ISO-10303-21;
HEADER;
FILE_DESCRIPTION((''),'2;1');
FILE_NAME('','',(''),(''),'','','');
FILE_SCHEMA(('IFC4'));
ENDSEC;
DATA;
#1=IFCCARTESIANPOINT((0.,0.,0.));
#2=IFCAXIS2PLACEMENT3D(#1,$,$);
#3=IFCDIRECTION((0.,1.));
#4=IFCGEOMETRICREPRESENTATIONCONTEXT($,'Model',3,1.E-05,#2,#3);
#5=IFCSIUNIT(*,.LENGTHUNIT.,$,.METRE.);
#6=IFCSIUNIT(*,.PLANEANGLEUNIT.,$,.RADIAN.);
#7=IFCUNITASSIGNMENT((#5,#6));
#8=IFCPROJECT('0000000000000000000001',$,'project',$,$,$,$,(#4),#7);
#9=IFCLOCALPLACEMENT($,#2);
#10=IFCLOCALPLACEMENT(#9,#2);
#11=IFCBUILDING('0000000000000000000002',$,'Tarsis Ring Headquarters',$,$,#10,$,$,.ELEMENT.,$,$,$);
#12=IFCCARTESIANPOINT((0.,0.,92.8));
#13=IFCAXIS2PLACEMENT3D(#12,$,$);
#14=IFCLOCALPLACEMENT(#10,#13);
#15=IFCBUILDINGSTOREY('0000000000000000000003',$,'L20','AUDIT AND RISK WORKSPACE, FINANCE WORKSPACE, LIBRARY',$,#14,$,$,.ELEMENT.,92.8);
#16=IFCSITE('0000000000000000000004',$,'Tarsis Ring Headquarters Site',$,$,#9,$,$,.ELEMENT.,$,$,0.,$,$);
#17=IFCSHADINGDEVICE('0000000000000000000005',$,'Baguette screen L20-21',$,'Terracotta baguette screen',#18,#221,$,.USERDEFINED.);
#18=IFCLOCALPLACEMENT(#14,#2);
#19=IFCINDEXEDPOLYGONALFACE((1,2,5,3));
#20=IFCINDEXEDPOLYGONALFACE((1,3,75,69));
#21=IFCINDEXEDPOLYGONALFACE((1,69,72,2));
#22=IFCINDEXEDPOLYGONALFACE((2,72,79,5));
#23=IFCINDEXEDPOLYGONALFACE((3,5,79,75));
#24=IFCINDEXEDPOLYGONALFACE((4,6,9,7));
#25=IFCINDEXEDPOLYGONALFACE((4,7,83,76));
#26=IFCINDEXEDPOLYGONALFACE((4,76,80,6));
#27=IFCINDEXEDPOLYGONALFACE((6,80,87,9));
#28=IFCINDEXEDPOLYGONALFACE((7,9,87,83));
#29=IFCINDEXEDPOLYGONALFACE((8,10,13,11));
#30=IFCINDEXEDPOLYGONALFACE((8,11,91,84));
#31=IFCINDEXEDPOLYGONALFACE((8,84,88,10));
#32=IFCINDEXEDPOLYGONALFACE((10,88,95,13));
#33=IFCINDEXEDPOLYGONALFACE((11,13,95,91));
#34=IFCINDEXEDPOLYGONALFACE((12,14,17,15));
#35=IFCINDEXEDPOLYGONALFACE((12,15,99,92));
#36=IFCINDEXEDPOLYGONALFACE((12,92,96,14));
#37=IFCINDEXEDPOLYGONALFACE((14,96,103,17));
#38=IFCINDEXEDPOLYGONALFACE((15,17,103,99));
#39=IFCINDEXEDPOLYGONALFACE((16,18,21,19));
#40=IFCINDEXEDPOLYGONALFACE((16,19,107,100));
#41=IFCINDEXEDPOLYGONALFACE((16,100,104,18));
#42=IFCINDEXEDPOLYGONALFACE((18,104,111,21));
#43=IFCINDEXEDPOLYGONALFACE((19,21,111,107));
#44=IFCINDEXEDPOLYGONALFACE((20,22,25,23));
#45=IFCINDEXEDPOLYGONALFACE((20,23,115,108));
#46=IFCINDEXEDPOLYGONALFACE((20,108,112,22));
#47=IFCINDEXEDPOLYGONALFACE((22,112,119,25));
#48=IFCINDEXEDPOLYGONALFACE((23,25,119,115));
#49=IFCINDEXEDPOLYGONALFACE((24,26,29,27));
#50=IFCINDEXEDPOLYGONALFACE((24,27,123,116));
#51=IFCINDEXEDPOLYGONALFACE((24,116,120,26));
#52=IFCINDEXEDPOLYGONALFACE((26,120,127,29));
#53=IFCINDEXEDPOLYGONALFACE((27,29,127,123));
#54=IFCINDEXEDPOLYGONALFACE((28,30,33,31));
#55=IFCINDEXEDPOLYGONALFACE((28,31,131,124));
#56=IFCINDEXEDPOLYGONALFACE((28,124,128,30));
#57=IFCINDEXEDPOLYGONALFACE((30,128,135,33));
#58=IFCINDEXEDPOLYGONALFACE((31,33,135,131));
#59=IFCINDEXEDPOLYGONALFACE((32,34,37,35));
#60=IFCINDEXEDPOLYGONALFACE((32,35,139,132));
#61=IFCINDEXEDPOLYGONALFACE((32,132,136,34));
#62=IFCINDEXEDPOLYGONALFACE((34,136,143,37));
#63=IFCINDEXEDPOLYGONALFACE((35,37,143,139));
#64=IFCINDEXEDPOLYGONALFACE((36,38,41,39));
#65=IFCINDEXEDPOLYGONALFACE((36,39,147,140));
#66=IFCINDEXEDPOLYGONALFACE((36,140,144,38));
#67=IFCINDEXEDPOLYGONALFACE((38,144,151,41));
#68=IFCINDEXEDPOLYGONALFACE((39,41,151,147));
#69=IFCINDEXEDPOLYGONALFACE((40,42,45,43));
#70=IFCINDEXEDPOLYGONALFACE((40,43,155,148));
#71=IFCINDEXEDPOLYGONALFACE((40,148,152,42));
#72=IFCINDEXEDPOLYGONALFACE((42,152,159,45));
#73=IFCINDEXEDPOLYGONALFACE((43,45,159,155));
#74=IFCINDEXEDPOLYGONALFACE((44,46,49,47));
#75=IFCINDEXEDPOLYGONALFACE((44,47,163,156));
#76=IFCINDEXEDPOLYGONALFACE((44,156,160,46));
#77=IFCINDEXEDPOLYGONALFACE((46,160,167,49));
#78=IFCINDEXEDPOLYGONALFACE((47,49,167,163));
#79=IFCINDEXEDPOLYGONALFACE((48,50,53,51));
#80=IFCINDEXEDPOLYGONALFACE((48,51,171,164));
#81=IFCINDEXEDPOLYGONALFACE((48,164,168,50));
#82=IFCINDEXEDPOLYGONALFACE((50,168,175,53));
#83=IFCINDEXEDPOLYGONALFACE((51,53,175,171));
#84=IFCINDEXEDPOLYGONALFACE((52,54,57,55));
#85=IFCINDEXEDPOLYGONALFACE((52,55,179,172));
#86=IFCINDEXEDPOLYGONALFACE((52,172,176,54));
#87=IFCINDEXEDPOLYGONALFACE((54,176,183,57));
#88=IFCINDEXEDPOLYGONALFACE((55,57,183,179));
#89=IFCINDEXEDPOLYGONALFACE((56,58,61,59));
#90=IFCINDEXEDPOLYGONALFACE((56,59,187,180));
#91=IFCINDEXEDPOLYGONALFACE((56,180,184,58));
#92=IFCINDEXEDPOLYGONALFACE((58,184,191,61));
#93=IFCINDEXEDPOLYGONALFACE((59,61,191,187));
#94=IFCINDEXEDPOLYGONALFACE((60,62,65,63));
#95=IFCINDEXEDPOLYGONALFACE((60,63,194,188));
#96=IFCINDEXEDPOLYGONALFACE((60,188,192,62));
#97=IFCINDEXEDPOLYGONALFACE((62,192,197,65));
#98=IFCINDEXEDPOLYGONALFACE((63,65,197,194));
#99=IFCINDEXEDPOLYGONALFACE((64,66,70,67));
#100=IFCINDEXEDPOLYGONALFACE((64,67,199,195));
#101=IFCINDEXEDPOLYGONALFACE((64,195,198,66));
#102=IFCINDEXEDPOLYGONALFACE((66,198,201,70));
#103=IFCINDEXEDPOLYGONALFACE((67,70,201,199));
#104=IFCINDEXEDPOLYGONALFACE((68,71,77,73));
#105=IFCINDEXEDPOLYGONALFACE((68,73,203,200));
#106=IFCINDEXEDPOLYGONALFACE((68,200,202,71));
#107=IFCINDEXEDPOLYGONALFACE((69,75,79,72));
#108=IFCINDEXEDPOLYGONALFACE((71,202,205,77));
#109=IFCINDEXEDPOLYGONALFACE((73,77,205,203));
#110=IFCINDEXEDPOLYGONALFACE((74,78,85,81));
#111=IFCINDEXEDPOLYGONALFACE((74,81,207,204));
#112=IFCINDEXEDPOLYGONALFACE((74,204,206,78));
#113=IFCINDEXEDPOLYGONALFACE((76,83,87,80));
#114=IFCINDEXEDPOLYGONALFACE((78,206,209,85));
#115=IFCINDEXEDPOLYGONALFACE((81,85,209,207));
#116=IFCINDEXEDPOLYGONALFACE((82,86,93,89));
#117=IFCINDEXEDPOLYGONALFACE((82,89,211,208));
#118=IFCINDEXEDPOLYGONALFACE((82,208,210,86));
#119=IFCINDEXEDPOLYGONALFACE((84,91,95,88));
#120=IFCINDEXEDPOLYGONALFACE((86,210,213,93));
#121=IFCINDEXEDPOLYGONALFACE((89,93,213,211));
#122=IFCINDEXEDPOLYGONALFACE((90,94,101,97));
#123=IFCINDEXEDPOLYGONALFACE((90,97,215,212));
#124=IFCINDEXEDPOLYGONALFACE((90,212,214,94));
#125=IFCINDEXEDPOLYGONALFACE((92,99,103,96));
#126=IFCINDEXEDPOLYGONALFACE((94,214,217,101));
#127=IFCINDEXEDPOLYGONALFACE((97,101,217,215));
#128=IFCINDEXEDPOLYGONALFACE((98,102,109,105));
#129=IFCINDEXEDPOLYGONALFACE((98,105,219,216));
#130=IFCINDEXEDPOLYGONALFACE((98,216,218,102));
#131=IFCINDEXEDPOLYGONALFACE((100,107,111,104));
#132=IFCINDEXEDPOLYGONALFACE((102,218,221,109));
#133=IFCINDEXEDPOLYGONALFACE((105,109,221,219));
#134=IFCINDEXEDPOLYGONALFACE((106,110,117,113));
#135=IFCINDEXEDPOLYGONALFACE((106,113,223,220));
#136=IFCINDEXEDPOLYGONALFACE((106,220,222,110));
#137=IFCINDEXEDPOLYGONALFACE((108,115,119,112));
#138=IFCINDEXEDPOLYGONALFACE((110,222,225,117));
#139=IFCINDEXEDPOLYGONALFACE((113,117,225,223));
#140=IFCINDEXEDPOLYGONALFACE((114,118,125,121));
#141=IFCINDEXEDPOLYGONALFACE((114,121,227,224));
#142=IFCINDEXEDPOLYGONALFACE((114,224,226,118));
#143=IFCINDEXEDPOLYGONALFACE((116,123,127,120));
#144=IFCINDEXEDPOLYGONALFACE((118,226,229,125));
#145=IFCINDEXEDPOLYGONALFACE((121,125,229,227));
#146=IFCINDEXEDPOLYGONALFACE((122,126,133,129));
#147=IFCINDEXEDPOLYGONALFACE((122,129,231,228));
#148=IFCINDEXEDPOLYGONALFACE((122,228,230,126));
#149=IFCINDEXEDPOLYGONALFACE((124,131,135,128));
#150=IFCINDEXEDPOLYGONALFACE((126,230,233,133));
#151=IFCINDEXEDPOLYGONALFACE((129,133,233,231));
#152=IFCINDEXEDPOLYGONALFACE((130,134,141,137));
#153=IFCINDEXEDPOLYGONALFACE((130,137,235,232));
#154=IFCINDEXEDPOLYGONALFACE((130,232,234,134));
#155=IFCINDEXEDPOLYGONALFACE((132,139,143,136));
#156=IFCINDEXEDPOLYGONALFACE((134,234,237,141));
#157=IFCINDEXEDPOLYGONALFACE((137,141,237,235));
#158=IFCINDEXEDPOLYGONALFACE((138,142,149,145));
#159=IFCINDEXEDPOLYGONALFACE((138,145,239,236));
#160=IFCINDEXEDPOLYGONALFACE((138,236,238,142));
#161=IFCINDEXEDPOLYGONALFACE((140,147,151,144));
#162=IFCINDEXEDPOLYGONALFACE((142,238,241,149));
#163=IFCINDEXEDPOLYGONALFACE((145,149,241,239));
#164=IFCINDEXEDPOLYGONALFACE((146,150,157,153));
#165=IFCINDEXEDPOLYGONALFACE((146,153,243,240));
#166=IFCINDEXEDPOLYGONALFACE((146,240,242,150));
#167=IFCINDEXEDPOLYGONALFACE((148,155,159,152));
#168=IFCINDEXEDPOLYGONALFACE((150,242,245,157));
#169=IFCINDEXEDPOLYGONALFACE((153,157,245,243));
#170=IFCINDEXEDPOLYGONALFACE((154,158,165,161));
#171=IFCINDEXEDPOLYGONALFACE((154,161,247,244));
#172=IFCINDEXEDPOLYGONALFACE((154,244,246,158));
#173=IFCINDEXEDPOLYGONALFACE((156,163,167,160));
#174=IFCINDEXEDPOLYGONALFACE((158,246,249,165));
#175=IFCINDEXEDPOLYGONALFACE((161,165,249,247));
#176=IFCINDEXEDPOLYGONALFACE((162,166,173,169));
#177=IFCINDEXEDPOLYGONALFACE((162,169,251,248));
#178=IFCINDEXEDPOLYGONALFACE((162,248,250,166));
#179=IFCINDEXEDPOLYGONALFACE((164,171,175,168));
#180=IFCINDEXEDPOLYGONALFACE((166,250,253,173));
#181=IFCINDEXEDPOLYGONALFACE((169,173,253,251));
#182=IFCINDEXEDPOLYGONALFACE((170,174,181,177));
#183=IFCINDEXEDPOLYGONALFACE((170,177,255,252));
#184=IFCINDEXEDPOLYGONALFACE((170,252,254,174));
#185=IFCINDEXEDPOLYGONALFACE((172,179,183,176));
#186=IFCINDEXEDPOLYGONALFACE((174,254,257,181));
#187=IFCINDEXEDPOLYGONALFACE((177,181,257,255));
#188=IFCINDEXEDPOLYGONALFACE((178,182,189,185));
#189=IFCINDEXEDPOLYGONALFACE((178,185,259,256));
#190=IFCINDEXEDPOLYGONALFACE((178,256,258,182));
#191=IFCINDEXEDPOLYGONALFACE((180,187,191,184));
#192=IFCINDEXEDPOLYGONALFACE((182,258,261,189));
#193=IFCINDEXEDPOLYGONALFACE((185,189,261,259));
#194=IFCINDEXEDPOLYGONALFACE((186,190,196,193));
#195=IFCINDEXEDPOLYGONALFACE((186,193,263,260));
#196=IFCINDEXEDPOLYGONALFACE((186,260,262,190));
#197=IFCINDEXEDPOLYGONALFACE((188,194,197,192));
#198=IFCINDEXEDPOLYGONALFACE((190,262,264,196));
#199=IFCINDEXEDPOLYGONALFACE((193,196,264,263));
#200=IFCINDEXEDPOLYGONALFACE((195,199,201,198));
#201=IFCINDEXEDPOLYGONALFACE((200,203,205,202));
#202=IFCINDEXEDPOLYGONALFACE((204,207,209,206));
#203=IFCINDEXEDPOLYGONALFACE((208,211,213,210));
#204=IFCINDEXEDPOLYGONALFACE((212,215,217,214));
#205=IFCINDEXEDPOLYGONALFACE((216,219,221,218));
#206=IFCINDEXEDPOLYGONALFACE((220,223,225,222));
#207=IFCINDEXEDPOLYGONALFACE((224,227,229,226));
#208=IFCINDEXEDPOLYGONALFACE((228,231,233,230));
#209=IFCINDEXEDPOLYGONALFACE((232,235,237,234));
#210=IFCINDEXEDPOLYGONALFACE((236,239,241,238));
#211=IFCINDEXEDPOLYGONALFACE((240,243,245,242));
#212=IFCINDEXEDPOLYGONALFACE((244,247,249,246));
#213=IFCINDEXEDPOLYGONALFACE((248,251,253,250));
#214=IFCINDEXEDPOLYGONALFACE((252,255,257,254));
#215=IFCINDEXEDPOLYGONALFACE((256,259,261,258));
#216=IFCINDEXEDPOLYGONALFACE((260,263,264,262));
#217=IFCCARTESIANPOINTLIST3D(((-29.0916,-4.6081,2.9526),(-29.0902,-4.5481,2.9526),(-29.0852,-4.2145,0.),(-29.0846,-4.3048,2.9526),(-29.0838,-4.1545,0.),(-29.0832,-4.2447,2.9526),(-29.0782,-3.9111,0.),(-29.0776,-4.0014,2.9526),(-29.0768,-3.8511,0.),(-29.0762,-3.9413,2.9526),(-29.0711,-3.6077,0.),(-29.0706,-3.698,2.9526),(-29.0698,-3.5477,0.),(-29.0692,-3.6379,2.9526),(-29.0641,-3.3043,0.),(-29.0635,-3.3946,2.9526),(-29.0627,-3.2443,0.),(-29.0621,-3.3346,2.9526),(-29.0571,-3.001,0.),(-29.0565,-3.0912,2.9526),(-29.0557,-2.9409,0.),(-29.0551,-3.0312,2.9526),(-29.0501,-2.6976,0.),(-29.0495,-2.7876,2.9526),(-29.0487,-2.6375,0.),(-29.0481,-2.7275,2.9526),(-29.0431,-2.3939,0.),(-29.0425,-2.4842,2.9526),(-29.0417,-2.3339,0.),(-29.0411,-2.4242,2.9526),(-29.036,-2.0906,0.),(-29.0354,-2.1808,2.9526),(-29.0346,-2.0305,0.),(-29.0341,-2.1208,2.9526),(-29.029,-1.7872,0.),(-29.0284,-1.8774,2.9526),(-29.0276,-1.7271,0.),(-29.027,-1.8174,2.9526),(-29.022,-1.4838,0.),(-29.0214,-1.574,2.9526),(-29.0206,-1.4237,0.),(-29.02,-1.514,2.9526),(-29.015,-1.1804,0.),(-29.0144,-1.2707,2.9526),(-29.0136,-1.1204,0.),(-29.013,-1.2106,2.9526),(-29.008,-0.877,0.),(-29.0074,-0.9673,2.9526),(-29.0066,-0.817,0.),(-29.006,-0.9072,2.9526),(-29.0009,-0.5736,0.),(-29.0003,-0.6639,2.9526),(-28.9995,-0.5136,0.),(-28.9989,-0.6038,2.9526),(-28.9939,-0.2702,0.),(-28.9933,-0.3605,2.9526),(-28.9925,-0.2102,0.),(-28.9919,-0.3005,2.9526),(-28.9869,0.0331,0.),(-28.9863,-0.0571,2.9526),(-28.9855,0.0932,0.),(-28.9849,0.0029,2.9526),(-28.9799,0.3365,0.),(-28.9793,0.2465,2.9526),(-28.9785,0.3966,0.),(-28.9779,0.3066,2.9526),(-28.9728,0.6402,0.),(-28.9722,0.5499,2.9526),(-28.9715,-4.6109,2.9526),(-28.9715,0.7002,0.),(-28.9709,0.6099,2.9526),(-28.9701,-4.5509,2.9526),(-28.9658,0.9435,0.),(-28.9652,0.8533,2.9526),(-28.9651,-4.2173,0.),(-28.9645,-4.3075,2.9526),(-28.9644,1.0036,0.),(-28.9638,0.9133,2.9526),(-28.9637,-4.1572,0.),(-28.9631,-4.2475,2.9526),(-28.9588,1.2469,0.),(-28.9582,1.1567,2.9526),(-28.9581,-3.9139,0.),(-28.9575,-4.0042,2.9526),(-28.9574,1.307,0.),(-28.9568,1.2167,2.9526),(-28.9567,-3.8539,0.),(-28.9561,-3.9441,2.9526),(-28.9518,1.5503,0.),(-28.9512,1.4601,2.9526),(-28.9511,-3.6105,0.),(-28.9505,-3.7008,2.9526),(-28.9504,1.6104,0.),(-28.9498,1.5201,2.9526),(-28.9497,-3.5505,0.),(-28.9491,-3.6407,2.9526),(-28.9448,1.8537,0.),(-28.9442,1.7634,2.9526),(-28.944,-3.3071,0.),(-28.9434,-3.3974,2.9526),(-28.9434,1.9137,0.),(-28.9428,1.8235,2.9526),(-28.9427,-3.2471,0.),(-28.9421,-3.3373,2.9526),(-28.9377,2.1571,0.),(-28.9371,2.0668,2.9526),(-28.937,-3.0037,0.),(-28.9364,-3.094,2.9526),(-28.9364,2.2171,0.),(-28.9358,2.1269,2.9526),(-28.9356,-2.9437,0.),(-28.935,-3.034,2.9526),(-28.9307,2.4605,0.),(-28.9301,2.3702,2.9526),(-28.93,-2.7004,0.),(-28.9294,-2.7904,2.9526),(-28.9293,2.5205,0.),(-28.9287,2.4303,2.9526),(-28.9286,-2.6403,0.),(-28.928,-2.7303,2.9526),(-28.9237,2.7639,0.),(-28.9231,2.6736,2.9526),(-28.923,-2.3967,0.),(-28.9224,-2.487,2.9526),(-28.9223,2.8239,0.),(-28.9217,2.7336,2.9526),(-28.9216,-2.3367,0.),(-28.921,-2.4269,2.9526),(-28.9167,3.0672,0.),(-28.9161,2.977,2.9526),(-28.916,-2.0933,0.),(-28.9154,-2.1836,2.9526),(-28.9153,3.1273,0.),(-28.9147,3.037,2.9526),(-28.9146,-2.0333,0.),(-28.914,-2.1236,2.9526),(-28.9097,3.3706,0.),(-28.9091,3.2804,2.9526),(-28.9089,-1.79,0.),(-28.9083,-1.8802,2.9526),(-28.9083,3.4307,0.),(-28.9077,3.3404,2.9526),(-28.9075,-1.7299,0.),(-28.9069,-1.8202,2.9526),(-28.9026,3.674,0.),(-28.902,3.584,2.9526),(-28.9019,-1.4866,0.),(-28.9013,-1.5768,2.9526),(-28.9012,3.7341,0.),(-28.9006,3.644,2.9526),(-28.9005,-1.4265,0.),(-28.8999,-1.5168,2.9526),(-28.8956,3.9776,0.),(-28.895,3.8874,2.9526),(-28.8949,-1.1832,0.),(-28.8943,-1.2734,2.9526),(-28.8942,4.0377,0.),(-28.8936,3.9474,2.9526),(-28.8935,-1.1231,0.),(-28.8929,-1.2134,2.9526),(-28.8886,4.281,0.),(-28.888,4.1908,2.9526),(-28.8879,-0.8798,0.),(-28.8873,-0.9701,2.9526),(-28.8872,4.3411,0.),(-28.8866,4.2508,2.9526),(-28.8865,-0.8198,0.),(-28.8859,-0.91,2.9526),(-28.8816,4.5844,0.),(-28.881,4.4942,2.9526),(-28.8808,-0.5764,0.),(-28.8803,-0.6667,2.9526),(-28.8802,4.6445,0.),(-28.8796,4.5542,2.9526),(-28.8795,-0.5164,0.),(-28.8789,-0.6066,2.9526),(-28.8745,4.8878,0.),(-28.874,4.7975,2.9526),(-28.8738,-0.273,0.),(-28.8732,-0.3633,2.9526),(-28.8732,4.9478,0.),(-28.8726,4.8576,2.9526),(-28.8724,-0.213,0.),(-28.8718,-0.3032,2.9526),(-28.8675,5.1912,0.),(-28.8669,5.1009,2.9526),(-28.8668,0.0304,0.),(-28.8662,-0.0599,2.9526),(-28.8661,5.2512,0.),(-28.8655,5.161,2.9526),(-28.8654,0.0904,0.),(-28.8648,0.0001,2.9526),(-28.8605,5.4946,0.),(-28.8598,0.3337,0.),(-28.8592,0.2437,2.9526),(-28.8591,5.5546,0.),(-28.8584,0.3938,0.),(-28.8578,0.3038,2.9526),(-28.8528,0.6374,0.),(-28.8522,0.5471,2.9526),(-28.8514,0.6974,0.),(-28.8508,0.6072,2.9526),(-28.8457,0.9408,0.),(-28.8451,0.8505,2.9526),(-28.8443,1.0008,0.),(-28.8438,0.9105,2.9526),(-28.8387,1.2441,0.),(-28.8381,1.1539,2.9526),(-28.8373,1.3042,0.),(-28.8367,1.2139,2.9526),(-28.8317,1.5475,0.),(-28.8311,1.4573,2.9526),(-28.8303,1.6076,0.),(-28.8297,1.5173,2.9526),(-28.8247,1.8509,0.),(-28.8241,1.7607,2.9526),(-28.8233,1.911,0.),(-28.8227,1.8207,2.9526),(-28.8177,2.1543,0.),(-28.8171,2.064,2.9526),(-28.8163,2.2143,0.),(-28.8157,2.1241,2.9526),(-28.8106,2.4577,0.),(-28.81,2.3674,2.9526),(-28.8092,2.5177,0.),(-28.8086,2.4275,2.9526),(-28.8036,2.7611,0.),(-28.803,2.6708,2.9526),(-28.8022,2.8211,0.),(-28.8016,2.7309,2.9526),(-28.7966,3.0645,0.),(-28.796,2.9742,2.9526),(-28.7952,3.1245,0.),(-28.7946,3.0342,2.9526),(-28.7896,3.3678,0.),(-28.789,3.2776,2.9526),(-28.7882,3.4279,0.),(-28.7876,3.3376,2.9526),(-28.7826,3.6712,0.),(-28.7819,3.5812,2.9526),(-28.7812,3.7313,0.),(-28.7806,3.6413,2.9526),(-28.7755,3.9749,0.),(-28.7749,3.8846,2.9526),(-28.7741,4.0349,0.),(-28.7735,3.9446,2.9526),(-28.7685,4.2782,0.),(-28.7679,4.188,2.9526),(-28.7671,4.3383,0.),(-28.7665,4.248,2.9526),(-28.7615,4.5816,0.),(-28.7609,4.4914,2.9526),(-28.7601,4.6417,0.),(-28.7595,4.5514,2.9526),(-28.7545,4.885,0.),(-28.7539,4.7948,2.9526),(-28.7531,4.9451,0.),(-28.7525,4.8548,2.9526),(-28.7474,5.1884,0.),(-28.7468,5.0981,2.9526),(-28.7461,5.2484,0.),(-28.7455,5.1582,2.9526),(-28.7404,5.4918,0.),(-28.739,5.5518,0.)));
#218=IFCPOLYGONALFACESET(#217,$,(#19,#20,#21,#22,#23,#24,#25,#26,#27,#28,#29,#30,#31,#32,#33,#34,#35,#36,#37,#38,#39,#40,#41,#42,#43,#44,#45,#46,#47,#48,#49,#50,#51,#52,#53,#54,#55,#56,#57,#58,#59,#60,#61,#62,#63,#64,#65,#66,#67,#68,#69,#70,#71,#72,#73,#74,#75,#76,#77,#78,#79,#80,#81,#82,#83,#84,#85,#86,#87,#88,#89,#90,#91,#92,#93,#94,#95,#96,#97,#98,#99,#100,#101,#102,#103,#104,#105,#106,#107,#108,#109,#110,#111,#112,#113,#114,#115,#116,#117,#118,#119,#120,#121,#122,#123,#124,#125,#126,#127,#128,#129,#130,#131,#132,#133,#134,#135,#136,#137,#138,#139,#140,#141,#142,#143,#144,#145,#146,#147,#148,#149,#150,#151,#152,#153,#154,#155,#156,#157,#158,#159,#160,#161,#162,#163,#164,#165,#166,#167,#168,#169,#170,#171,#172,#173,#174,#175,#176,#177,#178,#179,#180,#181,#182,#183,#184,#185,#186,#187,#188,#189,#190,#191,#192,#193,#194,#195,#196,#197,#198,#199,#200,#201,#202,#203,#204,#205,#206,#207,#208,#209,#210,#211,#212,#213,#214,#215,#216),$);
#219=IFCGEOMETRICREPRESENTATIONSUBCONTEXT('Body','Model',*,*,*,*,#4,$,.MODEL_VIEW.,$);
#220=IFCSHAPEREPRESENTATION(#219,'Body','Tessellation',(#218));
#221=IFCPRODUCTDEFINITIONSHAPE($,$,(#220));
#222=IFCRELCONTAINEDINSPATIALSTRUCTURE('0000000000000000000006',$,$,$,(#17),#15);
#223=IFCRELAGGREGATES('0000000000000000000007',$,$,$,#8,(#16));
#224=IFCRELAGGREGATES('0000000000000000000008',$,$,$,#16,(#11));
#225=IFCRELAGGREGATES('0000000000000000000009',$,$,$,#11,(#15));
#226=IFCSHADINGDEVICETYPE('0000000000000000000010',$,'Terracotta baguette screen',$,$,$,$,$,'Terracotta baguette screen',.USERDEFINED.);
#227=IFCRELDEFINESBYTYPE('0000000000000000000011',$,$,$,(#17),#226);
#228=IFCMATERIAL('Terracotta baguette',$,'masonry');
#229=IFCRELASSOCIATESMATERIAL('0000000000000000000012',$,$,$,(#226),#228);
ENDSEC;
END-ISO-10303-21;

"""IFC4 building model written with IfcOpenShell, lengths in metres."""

from ifc_helpers import new_model, si_unit, direction, frame, frame_2d, origin, place, context, subcontext, project, spatial, rectangle, composite_profile, extrude, material, type_object, element, save


model = new_model("IFC4")

# Units and contexts
model_context = context("Model", 3, precision=1e-05, world=origin(), true_north=direction((0.0, 1.0)))
body_context = subcontext(model_context, "Body", "Model", "MODEL_VIEW")
ifc_project = project(units=[si_unit("LENGTHUNIT", "METRE"), si_unit("PLANEANGLEUNIT", "RADIAN")], contexts=[model_context])

# Site, building, storey
site_placement = place(None, origin())
site = spatial("IfcSite", under=ifc_project, at=site_placement, Name="Tarsis Ring Headquarters Site", CompositionType="ELEMENT", RefElevation=0.0)
building_placement = place(site_placement, origin())
building = spatial("IfcBuilding", under=site, at=building_placement, Name="Tarsis Ring Headquarters", CompositionType="ELEMENT")
storey_placement = place(building_placement, frame((0.0, 0.0, 92.8)))
storey = spatial("IfcBuildingStorey", under=building, at=storey_placement, Name="L20", Description="AUDIT AND RISK WORKSPACE, FINANCE WORKSPACE, LIBRARY", CompositionType="ELEMENT", Elevation=92.8)

# Shading device
ifc_material_1 = material(Name="Terracotta baguette", Category="masonry")
shading_device_type = type_object("IfcShadingDeviceType", Name="Terracotta baguette screen", ElementType="Terracotta baguette screen", PredefinedType="USERDEFINED", material=ifc_material_1)
shading_device_placement = place(storey_placement, frame((-28.7991, 5.5532, 0.0), z_axis=(0.0, 0.0, 1.0), x_axis=(-0.023136, -0.999725, 0.0)))
element("IfcShadingDevice", 1, at=shading_device_placement, inside=storey, type_object=shading_device_type, Name="Baguette screen L20-21", ObjectType="Terracotta baguette screen", PredefinedType="USERDEFINED", context=body_context, shape_type="SweptSolid", body=[
    extrude(composite_profile([rectangle(XDim=0.0601, YDim=0.1201, at=frame_2d((0.03, 0.0))), rectangle(XDim=0.0601, YDim=0.1201, at=frame_2d((0.3335, 0.0))), rectangle(XDim=0.0601, YDim=0.1201, at=frame_2d((0.637, 0.0))), rectangle(XDim=0.0601, YDim=0.1201, at=frame_2d((0.9404, 0.0))), rectangle(XDim=0.0601, YDim=0.1201, at=frame_2d((1.2439, 0.0))), rectangle(XDim=0.0601, YDim=0.1201, at=frame_2d((1.5474, 0.0))), rectangle(XDim=0.0601, YDim=0.1201, at=frame_2d((1.8511, 0.0))), rectangle(XDim=0.0601, YDim=0.1201, at=frame_2d((2.1545, 0.0))), rectangle(XDim=0.0601, YDim=0.1201, at=frame_2d((2.458, 0.0))), rectangle(XDim=0.0601, YDim=0.1201, at=frame_2d((2.7615, 0.0))), rectangle(XDim=0.0601, YDim=0.1201, at=frame_2d((3.0649, 0.0))), rectangle(XDim=0.0601, YDim=0.1201, at=frame_2d((3.3684, 0.0))), rectangle(XDim=0.0601, YDim=0.1201, at=frame_2d((3.6719, 0.0))), rectangle(XDim=0.0601, YDim=0.1201, at=frame_2d((3.9753, 0.0))), rectangle(XDim=0.0601, YDim=0.1201, at=frame_2d((4.2788, 0.0))), rectangle(XDim=0.0601, YDim=0.1201, at=frame_2d((4.5823, 0.0))), rectangle(XDim=0.0601, YDim=0.1201, at=frame_2d((4.8857, 0.0))), rectangle(XDim=0.0601, YDim=0.1201, at=frame_2d((5.1895, 0.0))), rectangle(XDim=0.0601, YDim=0.1201, at=frame_2d((5.4929, 0.0))), rectangle(XDim=0.0601, YDim=0.1201, at=frame_2d((5.7964, 0.0))), rectangle(XDim=0.0601, YDim=0.1201, at=frame_2d((6.0999, 0.0))), rectangle(XDim=0.0601, YDim=0.1201, at=frame_2d((6.4033, 0.0))), rectangle(XDim=0.0601, YDim=0.1201, at=frame_2d((6.7068, 0.0))), rectangle(XDim=0.0601, YDim=0.1201, at=frame_2d((7.0103, 0.0))), rectangle(XDim=0.0601, YDim=0.1201, at=frame_2d((7.3137, 0.0))), rectangle(XDim=0.0601, YDim=0.1201, at=frame_2d((7.6172, 0.0))), rectangle(XDim=0.0601, YDim=0.1201, at=frame_2d((7.9207, 0.0))), rectangle(XDim=0.0601, YDim=0.1201, at=frame_2d((8.2244, 0.0))), rectangle(XDim=0.0601, YDim=0.1201, at=frame_2d((8.5278, 0.0))), rectangle(XDim=0.0601, YDim=0.1201, at=frame_2d((8.8313, 0.0))), rectangle(XDim=0.0601, YDim=0.1201, at=frame_2d((9.1348, 0.0))), rectangle(XDim=0.0601, YDim=0.1201, at=frame_2d((9.4382, 0.0))), rectangle(XDim=0.0601, YDim=0.1201, at=frame_2d((9.7417, 0.0)))]), origin(), (0.132165, 0.000901, 0.991227), 2.9788),
])

save(model, "model.ifc")
